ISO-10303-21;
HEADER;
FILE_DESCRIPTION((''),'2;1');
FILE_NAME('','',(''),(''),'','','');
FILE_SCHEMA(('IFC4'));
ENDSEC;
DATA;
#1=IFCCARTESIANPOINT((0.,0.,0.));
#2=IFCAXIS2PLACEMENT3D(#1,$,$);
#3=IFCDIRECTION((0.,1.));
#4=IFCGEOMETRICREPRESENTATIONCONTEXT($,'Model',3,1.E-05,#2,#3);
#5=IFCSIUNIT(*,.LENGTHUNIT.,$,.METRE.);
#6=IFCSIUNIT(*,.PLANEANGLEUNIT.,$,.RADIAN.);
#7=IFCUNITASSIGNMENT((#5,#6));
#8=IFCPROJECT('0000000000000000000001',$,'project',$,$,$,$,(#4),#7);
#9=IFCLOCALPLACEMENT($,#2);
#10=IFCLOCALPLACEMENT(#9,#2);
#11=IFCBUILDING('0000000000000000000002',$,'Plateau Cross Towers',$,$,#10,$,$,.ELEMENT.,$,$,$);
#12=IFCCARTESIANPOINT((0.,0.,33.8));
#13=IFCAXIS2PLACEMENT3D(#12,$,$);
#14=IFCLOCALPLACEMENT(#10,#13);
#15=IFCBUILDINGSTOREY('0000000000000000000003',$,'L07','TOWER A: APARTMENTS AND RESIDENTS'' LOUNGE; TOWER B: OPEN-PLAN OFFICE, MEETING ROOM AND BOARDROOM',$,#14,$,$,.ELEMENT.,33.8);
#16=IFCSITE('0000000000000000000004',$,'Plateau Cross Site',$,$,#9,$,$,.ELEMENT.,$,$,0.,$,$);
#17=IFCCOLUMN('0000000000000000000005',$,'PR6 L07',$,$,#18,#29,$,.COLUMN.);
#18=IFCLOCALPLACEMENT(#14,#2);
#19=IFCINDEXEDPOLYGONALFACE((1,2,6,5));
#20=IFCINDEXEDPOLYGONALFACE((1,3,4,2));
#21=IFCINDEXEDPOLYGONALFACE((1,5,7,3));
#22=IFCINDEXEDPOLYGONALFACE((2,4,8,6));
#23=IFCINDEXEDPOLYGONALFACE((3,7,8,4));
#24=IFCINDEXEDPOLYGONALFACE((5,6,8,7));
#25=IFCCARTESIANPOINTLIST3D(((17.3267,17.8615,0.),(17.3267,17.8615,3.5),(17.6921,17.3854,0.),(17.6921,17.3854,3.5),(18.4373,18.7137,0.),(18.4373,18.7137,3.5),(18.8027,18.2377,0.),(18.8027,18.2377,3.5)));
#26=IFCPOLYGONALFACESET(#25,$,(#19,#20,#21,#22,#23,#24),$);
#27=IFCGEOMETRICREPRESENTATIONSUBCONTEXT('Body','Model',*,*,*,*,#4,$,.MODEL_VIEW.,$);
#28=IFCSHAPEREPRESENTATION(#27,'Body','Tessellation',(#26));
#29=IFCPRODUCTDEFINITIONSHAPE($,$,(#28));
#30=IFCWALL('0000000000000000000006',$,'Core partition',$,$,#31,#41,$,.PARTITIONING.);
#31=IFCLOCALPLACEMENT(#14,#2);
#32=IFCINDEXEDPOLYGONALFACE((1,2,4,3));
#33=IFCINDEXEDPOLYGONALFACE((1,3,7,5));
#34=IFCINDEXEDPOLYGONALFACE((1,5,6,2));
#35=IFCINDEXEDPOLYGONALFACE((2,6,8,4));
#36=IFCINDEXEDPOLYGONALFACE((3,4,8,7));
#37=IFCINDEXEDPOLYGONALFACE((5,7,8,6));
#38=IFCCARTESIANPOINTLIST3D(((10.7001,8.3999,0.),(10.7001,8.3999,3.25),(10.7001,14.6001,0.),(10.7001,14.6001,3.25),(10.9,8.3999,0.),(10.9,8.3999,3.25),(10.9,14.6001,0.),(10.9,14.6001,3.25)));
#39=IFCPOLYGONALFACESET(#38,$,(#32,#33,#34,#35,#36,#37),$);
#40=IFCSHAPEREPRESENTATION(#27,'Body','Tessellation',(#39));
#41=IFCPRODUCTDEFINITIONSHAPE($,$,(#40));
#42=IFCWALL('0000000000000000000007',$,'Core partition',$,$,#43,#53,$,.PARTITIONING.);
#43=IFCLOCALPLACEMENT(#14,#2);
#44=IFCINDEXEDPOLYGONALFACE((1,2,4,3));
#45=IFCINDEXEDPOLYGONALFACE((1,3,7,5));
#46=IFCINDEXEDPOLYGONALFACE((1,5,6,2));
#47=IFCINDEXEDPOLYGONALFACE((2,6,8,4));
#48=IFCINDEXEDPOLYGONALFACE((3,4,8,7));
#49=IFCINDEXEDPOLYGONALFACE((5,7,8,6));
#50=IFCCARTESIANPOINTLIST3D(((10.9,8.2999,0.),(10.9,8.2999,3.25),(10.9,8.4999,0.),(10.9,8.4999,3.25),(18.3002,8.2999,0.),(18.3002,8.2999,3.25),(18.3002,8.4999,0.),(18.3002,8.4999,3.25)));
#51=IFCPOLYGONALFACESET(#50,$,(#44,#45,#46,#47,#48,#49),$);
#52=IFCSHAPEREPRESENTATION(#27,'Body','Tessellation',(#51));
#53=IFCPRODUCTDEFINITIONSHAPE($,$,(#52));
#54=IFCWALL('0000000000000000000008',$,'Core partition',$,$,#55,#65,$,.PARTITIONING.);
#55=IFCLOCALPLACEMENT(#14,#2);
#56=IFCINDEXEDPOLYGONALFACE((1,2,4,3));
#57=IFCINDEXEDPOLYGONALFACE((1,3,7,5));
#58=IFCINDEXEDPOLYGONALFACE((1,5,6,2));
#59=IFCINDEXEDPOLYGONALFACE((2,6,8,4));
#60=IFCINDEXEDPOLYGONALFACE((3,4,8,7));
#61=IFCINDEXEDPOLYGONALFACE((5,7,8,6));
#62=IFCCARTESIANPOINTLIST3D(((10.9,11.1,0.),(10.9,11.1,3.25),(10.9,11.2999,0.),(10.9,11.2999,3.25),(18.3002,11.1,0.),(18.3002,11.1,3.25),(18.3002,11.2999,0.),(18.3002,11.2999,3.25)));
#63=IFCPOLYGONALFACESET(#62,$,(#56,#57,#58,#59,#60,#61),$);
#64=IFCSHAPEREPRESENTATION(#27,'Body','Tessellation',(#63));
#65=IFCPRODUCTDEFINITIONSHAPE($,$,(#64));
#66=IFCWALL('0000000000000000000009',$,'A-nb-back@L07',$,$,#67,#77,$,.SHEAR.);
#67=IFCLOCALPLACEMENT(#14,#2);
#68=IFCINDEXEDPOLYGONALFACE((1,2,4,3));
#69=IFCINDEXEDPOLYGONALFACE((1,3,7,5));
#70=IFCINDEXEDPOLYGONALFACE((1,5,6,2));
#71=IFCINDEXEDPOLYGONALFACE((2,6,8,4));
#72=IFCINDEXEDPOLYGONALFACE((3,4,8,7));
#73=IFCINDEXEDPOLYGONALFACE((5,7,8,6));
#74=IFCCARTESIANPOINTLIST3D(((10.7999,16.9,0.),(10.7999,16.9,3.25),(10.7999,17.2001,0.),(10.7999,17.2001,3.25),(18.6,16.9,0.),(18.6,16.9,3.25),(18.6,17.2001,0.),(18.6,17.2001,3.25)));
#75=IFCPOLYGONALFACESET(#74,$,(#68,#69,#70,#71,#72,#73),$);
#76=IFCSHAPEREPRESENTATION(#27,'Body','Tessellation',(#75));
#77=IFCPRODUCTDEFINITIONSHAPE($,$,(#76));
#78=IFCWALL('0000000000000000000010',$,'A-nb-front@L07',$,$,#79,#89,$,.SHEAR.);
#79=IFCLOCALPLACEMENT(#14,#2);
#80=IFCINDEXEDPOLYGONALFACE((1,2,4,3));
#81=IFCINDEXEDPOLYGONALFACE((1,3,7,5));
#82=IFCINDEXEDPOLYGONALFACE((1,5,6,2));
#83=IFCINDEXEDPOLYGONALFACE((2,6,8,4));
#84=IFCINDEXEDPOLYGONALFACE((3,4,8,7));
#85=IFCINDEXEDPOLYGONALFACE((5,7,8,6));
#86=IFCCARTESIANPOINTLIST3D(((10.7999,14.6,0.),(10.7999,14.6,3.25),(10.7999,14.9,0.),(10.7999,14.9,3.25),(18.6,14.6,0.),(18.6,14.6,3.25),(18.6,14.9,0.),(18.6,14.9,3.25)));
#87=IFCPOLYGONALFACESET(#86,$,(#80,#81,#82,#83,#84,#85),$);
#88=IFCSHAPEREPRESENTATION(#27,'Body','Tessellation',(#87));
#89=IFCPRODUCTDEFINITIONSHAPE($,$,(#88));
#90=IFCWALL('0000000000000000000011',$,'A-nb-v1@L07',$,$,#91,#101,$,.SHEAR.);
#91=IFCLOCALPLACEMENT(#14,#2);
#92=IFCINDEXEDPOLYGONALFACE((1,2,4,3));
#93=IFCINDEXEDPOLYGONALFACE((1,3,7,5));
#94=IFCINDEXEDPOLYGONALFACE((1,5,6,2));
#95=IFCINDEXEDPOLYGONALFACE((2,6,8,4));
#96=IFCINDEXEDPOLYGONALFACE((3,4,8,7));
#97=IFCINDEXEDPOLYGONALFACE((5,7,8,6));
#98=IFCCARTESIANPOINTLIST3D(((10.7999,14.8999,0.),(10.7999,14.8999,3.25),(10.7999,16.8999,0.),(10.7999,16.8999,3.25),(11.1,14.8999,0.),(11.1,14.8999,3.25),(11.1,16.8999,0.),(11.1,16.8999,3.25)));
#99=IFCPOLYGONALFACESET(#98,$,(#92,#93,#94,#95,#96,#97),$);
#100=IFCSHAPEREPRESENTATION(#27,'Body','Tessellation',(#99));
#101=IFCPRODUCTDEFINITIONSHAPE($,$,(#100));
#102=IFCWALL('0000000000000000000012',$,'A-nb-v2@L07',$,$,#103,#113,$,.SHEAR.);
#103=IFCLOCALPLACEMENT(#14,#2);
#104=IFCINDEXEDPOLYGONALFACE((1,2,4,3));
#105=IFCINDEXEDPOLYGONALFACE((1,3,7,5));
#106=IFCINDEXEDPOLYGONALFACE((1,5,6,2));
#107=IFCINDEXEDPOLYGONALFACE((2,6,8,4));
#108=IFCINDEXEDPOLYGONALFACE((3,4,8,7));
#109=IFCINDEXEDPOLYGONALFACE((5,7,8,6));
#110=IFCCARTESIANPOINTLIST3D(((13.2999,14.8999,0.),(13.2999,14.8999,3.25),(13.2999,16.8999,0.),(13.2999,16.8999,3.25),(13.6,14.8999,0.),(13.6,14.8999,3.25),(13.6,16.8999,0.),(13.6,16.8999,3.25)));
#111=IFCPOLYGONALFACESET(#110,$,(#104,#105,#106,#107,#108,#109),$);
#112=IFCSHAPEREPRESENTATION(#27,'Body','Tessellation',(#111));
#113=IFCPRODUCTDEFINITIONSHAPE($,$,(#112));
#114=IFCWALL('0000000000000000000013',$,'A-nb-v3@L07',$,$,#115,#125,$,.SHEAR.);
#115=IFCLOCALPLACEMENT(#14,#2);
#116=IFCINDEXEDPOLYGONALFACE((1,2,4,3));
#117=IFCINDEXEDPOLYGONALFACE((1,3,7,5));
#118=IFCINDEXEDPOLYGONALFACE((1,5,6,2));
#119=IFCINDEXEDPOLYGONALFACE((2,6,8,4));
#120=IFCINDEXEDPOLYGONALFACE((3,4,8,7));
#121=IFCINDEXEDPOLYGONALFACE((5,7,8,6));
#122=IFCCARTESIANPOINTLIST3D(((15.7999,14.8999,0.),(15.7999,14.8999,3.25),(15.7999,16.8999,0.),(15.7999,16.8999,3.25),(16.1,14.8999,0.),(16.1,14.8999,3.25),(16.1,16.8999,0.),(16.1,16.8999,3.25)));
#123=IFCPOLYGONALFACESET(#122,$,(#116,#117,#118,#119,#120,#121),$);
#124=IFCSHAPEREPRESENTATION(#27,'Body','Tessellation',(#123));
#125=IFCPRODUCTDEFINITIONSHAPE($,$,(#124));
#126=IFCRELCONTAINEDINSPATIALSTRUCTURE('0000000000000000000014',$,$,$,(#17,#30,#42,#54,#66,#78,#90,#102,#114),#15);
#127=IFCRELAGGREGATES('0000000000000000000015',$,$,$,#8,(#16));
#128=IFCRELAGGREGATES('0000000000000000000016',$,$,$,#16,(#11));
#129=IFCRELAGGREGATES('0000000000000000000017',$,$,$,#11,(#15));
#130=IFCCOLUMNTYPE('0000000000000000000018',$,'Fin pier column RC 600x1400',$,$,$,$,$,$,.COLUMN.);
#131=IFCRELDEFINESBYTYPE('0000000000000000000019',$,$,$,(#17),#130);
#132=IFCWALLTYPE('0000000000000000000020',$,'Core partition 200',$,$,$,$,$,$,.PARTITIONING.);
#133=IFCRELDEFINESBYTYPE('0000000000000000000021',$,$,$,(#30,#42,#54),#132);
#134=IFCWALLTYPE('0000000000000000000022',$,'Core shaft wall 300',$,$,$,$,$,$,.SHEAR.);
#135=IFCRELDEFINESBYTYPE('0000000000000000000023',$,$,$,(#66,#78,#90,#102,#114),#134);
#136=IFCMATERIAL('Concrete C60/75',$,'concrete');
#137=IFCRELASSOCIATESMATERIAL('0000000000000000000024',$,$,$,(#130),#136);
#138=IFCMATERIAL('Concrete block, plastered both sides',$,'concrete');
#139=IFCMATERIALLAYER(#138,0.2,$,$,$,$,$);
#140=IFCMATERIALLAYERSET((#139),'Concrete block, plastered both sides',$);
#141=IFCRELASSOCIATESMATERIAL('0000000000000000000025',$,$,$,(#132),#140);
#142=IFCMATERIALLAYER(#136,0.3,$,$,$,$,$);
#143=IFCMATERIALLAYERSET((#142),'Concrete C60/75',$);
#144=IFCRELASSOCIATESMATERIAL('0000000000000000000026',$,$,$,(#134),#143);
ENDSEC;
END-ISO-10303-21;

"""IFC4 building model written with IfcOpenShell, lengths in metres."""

from ifc_helpers import new_model, si_unit, direction, frame, frame_2d, origin, origin_2d, place, context, subcontext, project, spatial, rectangle, extrude, material, layer, layer_set, material_profile, profile_set, type_object, element, save


model = new_model("IFC4")

# Units and contexts
model_context = context("Model", 3, precision=1e-05, world=origin(), true_north=direction((0.0, 1.0)))
body_context = subcontext(model_context, "Body", "Model", "MODEL_VIEW")
ifc_project = project(units=[si_unit("LENGTHUNIT", "METRE"), si_unit("PLANEANGLEUNIT", "RADIAN")], contexts=[model_context])

# Site, building, storey
site_placement = place(None, origin())
site = spatial("IfcSite", under=ifc_project, at=site_placement, Name="Plateau Cross Site", CompositionType="ELEMENT", RefElevation=0.0)
building_placement = place(site_placement, origin())
building = spatial("IfcBuilding", under=site, at=building_placement, Name="Plateau Cross Towers", CompositionType="ELEMENT")
storey_placement = place(building_placement, frame((0.0, 0.0, 33.8)))
storey = spatial("IfcBuildingStorey", under=building, at=storey_placement, Name="L07", Description="TOWER A: APARTMENTS AND RESIDENTS' LOUNGE; TOWER B: OPEN-PLAN OFFICE, MEETING ROOM AND BOARDROOM", CompositionType="ELEMENT", Elevation=33.8)

# Column
ifc_material_1 = material(Name="Concrete C60/75", Category="concrete")
ifc_material_profile = material_profile(ifc_material_1, rectangle(XDim=0.6001, YDim=1.3999, at=origin_2d()), Name="RC 600x1400")
ifc_profile_set = profile_set([ifc_material_profile], Name="Concrete C60/75")
column_type = type_object("IfcColumnType", Name="Fin pier column RC 600x1400", PredefinedType="COLUMN", material=ifc_profile_set)
column_placement = place(storey_placement, frame((18.0647, 18.0496, 0.0), z_axis=(0.0, 0.0, 1.0), x_axis=(-0.608811, 0.793315, 0.0)))
element("IfcColumn", 1, at=column_placement, inside=storey, type_object=column_type, Name="PR6 L07", PredefinedType="COLUMN", context=body_context, shape_type="SweptSolid", body=[
    extrude(rectangle(XDim=0.6001, YDim=1.3999, at=origin_2d()), origin(), (0.0, 0.0, 1.0), 3.5),
])

# Walls
ifc_material_2 = material(Name="Concrete block, plastered both sides", Category="concrete")
ifc_layer_1 = layer(ifc_material_2, 0.2)
ifc_layer_set_1 = layer_set([ifc_layer_1], Name="Concrete block, plastered both sides")
wall_type_1 = type_object("IfcWallType", Name="Core partition 200", PredefinedType="PARTITIONING", material=ifc_layer_set_1)
wall_1_placement = place(storey_placement, frame((10.8, 8.3999, 0.0), z_axis=(0.0, 0.0, 1.0), x_axis=(0.0, 1.0, 0.0)))
element("IfcWall", 2, at=wall_1_placement, inside=storey, type_object=wall_type_1, Name="Core partition", PredefinedType="PARTITIONING", context=body_context, shape_type="SweptSolid", body=[
    extrude(rectangle(XDim=6.2002, YDim=0.2, at=frame_2d((3.1001, 0.0))), origin(), (0.0, 0.0, 1.0), 3.25),
])
for number, where, z_axis, x_axis, name in (
    (3, (10.8999, 8.3999, 0.0), (0.0, 0.0, 1.0), (1.0, 0.0, 0.0), "Core partition"),
    (4, (10.8999, 11.2, 0.0), (0.0, 0.0, 1.0), (1.0, 0.0, 0.0), "Core partition"),
):
    element("IfcWall", number, at=place(storey_placement, frame(where, z_axis=z_axis, x_axis=x_axis)), inside=storey, type_object=wall_type_1, Name=name, PredefinedType="PARTITIONING", context=body_context, shape_type="SweptSolid", body=[
        extrude(rectangle(XDim=7.4001, YDim=0.2, at=frame_2d((3.7002, 0.0))), origin(), (0.0, 0.0, 1.0), 3.25),
    ])
ifc_layer_2 = layer(ifc_material_1, 0.3)
ifc_layer_set_2 = layer_set([ifc_layer_2], Name="Concrete C60/75")
wall_type_2 = type_object("IfcWallType", Name="Core shaft wall 300", PredefinedType="SHEAR", material=ifc_layer_set_2)
for number, where, z_axis, x_axis, name in (
    (5, (10.8, 17.05, 0.0), (0.0, 0.0, 1.0), (1.0, 0.0, 0.0), "A-nb-back@L07"),
    (6, (10.8, 14.75, 0.0), (0.0, 0.0, 1.0), (1.0, 0.0, 0.0), "A-nb-front@L07"),
):
    element("IfcWall", number, at=place(storey_placement, frame(where, z_axis=z_axis, x_axis=x_axis)), inside=storey, type_object=wall_type_2, Name=name, PredefinedType="SHEAR", context=body_context, shape_type="SweptSolid", body=[
        extrude(rectangle(XDim=7.8, YDim=0.3, at=frame_2d((3.8999, 0.0))), origin(), (0.0, 0.0, 1.0), 3.25),
    ])
for number, where, z_axis, x_axis, name in (
    (7, (10.95, 14.8999, 0.0), (0.0, 0.0, 1.0), (0.0, 1.0, 0.0), "A-nb-v1@L07"),
    (8, (13.45, 14.8999, 0.0), (0.0, 0.0, 1.0), (0.0, 1.0, 0.0), "A-nb-v2@L07"),
    (9, (15.95, 14.8999, 0.0), (0.0, 0.0, 1.0), (0.0, 1.0, 0.0), "A-nb-v3@L07"),
):
    element("IfcWall", number, at=place(storey_placement, frame(where, z_axis=z_axis, x_axis=x_axis)), inside=storey, type_object=wall_type_2, Name=name, PredefinedType="SHEAR", context=body_context, shape_type="SweptSolid", body=[
        extrude(rectangle(XDim=2.0, YDim=0.3, at=frame_2d((1.0, 0.0))), origin(), (0.0, 0.0, 1.0), 3.25),
    ])

save(model, "model.ifc")
